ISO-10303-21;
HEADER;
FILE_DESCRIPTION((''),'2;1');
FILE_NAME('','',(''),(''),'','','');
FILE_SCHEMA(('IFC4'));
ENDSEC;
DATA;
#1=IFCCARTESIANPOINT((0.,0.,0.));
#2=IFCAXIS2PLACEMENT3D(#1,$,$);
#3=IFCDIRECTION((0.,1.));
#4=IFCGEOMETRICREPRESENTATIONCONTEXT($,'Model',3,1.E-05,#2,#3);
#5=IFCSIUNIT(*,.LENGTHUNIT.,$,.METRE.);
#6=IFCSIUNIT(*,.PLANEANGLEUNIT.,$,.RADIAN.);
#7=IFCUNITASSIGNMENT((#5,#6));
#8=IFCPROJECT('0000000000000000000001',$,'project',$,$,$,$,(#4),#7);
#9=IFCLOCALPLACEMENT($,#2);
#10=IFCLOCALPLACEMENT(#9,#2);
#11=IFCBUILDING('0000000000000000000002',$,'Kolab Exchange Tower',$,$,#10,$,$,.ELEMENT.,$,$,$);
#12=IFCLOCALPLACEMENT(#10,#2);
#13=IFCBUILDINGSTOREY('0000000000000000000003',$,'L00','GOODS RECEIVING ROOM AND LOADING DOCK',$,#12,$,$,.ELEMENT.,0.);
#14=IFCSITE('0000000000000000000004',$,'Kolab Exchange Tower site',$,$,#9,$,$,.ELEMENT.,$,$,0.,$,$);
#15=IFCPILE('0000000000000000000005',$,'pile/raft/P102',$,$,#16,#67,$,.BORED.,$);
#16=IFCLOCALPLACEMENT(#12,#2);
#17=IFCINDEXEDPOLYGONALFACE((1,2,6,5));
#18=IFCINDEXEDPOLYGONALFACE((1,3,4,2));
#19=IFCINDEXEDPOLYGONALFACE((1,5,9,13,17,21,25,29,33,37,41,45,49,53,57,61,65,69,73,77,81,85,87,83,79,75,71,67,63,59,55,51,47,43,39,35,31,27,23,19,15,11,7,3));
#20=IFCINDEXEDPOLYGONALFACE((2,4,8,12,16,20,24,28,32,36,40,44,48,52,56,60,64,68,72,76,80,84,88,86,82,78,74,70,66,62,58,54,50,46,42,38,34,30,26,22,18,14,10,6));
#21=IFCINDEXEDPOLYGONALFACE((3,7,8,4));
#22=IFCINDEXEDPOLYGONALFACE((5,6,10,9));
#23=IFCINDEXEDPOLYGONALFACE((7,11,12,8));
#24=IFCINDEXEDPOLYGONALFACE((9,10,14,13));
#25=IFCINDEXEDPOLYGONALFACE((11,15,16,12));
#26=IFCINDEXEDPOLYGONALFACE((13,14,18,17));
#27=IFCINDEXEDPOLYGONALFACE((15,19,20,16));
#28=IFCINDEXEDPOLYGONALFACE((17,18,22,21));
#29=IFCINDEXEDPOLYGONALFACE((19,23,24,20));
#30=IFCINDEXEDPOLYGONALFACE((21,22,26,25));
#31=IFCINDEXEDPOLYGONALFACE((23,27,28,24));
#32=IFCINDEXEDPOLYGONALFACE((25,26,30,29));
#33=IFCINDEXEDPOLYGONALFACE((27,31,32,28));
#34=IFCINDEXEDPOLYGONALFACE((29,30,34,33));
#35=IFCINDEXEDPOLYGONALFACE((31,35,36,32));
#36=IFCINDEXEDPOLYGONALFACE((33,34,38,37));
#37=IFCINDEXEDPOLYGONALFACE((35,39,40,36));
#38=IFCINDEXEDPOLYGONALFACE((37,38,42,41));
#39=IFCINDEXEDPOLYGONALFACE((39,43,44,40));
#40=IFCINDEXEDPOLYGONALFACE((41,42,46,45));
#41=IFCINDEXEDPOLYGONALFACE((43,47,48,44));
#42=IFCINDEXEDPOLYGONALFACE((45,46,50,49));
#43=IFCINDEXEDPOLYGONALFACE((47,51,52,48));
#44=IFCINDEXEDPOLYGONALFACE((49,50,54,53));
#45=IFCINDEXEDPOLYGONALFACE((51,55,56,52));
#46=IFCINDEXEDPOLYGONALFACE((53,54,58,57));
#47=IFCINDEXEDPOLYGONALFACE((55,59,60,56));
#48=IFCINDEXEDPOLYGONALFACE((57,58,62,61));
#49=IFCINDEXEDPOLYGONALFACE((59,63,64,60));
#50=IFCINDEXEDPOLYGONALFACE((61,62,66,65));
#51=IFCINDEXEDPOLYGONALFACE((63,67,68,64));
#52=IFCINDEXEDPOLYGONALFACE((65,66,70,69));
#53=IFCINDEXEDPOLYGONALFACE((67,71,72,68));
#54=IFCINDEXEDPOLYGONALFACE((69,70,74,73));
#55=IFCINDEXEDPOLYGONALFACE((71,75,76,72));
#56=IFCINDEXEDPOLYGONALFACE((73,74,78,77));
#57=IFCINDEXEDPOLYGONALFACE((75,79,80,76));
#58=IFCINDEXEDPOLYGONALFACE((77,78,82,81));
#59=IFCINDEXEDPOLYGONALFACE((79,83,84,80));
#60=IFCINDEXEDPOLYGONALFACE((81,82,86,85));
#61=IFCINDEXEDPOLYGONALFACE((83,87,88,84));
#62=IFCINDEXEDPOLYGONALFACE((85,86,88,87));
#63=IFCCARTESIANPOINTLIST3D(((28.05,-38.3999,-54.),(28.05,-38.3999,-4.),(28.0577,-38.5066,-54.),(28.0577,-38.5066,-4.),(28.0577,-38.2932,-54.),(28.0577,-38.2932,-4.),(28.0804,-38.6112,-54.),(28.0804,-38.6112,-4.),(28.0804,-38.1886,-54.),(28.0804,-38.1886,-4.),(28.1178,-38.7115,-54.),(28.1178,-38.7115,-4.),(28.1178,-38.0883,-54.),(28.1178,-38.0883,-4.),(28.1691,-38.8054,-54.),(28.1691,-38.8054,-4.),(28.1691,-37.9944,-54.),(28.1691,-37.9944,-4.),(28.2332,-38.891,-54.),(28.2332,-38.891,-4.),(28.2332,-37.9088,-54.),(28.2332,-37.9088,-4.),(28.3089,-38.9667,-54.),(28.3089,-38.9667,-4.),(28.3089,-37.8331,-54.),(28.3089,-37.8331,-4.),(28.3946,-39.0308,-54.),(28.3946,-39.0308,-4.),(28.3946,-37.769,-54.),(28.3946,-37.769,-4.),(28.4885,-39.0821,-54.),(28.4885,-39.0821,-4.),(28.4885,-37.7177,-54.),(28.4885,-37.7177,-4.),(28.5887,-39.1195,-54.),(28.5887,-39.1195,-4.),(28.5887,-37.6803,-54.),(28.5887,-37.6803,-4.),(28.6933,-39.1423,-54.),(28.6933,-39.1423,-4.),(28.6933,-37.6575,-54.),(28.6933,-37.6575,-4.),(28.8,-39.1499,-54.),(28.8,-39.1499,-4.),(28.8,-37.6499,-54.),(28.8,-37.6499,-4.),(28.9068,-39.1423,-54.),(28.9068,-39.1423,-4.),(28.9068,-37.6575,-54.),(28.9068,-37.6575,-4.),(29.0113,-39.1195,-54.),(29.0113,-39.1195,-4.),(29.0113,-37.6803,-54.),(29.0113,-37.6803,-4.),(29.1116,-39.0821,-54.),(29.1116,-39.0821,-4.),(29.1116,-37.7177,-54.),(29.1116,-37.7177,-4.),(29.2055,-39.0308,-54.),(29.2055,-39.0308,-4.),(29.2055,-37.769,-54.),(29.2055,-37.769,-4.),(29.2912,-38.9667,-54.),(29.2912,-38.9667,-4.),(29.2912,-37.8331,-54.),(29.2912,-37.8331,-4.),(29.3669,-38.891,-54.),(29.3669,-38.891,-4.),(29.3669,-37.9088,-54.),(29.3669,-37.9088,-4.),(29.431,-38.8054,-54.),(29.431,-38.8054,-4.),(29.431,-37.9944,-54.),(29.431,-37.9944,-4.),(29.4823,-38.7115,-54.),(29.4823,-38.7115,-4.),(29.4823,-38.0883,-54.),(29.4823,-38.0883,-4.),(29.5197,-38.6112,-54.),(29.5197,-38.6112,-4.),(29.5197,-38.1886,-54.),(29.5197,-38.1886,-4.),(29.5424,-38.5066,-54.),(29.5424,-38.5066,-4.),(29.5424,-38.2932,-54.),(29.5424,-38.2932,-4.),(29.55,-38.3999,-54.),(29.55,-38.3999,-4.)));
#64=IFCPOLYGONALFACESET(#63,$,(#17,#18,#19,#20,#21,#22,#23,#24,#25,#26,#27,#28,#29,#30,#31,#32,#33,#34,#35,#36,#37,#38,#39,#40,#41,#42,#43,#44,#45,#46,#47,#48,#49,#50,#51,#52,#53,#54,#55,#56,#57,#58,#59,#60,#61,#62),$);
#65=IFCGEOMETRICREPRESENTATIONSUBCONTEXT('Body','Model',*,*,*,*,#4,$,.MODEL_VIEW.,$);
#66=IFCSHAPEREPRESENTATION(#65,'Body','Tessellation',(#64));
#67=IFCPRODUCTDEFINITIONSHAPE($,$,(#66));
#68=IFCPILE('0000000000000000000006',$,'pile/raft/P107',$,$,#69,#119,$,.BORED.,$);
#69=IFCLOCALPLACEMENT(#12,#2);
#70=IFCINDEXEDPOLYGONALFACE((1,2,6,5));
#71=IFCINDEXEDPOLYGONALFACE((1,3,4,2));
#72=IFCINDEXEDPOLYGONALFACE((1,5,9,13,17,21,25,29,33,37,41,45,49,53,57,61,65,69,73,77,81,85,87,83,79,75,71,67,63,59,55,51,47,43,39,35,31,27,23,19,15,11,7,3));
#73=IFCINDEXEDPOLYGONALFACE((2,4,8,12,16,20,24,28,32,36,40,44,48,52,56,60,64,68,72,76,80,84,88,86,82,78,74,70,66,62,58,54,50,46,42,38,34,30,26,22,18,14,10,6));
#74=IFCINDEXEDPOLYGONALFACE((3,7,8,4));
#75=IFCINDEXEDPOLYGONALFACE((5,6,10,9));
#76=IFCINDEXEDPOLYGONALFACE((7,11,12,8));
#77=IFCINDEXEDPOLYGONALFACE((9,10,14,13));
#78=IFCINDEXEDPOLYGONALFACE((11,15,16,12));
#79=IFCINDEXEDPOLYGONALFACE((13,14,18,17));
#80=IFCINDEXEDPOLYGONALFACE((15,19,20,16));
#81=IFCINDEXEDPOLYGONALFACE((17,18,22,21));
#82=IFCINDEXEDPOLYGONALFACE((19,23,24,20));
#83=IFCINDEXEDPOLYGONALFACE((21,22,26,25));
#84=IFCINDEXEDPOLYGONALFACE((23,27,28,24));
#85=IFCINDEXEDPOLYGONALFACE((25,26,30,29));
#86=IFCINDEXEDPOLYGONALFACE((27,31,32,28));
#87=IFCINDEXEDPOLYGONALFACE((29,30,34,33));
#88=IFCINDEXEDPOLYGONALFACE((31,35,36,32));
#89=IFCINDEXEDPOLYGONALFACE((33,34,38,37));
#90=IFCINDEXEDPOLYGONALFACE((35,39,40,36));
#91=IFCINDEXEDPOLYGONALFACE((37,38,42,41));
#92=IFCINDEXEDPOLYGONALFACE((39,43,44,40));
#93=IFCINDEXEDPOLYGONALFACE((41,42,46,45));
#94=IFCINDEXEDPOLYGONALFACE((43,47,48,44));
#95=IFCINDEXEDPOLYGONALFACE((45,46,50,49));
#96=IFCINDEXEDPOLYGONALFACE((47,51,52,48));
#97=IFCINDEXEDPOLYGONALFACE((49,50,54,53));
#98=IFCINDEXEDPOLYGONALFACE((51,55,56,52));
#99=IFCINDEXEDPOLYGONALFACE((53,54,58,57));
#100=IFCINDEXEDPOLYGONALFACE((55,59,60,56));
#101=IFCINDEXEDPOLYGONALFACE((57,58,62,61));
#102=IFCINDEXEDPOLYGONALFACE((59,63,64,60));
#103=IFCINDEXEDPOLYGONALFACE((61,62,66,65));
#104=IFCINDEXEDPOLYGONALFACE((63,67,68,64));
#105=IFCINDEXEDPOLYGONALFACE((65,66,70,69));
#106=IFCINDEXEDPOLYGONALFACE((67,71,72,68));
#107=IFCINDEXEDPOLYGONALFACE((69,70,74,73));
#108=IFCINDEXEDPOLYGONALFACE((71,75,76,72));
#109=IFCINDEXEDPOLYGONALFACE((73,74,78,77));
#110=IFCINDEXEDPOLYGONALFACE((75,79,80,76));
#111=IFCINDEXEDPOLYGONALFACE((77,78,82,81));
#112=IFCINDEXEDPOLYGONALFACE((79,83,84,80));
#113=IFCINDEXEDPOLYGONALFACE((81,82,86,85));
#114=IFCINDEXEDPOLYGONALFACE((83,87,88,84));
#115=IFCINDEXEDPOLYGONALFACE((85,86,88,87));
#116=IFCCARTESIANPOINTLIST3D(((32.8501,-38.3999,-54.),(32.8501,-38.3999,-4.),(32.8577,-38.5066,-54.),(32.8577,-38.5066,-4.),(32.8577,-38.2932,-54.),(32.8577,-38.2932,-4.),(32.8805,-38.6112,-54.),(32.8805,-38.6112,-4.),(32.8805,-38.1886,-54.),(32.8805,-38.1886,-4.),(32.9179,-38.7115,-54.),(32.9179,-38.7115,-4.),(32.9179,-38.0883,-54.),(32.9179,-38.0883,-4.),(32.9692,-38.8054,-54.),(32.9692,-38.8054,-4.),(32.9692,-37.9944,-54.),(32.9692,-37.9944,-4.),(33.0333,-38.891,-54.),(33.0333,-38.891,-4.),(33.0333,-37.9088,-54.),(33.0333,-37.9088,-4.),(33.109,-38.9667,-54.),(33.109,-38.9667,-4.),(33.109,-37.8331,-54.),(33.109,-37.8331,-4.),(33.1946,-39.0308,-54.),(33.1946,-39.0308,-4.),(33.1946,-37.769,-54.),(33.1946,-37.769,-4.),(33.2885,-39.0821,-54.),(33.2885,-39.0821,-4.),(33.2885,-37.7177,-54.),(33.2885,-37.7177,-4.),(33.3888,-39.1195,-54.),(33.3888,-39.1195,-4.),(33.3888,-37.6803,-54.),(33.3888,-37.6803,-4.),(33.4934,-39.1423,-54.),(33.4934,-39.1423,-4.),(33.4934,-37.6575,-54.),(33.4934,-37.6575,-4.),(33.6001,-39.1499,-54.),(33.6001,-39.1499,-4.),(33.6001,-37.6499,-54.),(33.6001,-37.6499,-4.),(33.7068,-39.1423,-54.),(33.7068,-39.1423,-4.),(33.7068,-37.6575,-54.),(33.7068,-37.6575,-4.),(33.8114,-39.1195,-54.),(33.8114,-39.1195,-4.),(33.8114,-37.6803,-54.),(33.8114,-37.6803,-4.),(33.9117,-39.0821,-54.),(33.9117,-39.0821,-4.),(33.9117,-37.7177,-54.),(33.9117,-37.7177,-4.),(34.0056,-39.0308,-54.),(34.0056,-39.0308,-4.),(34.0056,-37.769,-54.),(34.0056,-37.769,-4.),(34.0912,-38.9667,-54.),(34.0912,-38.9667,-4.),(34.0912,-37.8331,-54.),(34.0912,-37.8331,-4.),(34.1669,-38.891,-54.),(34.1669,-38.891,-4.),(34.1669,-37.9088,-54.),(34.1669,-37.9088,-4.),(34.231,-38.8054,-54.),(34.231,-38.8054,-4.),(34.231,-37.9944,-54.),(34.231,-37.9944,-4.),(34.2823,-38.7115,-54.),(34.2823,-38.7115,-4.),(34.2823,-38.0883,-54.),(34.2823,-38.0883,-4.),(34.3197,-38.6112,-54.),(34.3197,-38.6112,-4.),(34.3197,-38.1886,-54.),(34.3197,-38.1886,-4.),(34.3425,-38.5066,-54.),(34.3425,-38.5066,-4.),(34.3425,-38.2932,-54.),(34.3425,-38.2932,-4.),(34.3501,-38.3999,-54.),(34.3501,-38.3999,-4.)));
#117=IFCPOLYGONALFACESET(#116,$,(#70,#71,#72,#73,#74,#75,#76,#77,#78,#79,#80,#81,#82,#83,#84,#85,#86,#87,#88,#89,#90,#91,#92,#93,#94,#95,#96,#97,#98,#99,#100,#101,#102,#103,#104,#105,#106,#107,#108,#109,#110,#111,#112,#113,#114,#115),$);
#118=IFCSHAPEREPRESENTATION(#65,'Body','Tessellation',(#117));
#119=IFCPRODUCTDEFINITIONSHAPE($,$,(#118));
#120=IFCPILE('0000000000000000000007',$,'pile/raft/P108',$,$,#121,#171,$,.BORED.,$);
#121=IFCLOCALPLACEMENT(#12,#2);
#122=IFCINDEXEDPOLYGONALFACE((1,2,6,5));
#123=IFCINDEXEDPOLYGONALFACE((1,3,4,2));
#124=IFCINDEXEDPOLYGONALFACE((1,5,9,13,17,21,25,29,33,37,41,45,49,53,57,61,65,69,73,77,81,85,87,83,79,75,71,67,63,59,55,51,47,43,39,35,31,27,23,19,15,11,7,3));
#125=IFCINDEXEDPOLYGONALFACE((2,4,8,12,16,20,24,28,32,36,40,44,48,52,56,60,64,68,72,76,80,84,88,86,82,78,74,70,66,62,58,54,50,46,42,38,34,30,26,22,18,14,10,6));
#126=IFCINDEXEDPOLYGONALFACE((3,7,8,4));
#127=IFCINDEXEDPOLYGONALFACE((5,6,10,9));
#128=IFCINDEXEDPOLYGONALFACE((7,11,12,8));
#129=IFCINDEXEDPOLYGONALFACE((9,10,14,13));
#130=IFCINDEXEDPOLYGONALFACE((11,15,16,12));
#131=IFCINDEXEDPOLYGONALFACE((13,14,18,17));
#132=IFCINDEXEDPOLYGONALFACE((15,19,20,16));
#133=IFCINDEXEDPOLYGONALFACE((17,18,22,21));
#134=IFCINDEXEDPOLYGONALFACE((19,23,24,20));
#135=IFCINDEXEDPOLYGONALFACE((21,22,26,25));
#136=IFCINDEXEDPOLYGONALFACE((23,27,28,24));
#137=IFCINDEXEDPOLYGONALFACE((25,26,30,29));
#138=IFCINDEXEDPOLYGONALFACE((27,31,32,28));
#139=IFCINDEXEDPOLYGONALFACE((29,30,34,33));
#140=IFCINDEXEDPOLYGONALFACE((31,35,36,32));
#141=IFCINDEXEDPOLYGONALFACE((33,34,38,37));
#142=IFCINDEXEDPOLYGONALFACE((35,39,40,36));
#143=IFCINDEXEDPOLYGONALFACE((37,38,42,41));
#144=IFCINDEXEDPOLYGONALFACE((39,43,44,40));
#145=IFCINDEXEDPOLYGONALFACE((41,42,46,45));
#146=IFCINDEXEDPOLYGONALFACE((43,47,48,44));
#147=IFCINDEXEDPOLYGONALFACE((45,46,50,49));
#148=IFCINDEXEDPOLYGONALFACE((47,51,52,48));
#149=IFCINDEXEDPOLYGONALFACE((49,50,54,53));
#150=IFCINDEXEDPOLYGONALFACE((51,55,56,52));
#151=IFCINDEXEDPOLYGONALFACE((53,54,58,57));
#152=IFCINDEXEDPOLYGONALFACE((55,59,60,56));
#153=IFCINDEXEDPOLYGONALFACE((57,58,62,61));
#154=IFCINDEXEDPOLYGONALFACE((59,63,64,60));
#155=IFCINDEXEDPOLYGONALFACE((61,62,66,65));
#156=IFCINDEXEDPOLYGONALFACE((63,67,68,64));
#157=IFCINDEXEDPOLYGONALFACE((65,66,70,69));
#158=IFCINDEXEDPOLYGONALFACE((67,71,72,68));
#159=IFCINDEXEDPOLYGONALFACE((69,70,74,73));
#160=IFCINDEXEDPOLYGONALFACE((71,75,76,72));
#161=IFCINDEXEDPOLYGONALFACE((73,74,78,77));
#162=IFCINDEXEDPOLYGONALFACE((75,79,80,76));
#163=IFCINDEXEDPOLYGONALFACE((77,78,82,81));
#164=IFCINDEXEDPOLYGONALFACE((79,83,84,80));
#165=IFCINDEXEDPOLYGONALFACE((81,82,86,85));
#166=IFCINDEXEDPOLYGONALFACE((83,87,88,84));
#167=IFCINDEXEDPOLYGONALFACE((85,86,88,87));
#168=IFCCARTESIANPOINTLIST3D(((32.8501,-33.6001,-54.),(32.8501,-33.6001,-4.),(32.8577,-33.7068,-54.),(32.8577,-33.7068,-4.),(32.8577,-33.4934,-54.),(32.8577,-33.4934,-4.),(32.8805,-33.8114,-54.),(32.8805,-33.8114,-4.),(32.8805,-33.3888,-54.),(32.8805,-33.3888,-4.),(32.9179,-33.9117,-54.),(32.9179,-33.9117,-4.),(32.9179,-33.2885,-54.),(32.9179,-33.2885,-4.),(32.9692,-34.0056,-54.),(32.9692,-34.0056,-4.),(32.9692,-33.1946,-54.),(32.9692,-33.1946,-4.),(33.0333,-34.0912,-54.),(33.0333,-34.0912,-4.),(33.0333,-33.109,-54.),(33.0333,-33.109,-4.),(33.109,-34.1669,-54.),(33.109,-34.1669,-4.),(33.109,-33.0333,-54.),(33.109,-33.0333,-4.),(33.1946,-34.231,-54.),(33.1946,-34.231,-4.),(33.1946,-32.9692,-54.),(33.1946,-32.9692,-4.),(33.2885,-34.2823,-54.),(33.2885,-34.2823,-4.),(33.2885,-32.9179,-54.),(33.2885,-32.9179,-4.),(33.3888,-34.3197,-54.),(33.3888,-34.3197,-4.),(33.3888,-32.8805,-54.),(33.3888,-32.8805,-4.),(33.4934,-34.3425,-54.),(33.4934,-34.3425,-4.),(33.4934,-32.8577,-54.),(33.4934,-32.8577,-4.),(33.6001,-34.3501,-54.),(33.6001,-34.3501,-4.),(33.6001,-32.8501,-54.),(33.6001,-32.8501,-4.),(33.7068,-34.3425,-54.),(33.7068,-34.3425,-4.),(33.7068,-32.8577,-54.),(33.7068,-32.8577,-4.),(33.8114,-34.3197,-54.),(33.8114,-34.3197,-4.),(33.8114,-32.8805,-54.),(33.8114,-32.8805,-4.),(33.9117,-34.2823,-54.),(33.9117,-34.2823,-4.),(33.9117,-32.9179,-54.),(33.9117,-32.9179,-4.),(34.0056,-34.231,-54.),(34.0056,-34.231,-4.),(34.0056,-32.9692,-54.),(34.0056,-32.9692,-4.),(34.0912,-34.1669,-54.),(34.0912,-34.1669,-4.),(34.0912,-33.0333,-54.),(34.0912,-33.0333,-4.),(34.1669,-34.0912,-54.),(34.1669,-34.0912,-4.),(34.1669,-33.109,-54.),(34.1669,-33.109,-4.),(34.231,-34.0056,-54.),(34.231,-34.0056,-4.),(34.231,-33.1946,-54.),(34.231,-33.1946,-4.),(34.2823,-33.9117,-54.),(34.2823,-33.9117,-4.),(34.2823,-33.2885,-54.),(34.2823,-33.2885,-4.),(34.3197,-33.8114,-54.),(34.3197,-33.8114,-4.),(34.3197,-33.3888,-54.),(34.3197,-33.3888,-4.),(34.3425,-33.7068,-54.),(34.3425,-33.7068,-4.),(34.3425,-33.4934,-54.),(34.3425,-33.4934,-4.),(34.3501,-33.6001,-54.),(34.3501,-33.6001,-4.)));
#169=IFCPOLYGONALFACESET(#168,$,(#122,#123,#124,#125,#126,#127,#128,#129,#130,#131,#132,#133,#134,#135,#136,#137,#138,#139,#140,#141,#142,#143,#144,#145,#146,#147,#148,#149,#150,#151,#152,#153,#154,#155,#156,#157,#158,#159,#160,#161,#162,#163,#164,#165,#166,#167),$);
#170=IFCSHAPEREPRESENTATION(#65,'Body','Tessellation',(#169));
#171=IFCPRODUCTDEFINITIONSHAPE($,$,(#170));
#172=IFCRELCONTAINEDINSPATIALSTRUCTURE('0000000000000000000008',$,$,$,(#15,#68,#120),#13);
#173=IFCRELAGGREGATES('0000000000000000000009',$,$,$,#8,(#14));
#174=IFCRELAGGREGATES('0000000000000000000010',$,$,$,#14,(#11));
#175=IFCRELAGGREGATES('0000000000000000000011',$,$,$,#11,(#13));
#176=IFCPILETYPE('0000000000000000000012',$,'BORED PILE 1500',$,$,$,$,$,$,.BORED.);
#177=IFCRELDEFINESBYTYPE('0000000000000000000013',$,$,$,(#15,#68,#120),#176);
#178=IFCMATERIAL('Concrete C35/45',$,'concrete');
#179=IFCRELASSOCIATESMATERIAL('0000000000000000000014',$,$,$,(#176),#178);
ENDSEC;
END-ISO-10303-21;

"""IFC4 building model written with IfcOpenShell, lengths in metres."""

from ifc_helpers import new_model, si_unit, direction, frame, origin, origin_2d, place, context, subcontext, project, spatial, circle, extrude, material, material_profile, profile_set, type_object, element, save


model = new_model("IFC4")

# Units and contexts
model_context = context("Model", 3, precision=1e-05, world=origin(), true_north=direction((0.0, 1.0)))
body_context = subcontext(model_context, "Body", "Model", "MODEL_VIEW")
ifc_project = project(units=[si_unit("LENGTHUNIT", "METRE"), si_unit("PLANEANGLEUNIT", "RADIAN")], contexts=[model_context])

# Site, building, storey
site_placement = place(None, origin())
site = spatial("IfcSite", under=ifc_project, at=site_placement, Name="Kolab Exchange Tower site", CompositionType="ELEMENT", RefElevation=0.0)
building_placement = place(site_placement, origin())
building = spatial("IfcBuilding", under=site, at=building_placement, Name="Kolab Exchange Tower", CompositionType="ELEMENT")
storey_placement = place(building_placement, origin())
storey = spatial("IfcBuildingStorey", under=building, at=storey_placement, Name="L00", Description="GOODS RECEIVING ROOM AND LOADING DOCK", CompositionType="ELEMENT", Elevation=0.0)

# Piles
ifc_material_1 = material(Name="Concrete C35/45", Category="concrete")
ifc_material_profile_1 = material_profile(ifc_material_1, circle(Radius=0.75, at=origin_2d()), Name="BP1500")
ifc_profile_set_1 = profile_set([ifc_material_profile_1], Name="Concrete C35/45")
pile_type_1 = type_object("IfcPileType", Name="BORED PILE 1500", PredefinedType="BORED", material=ifc_profile_set_1)
for number, where, z_axis, x_axis, name in (
    (1, (28.8, -38.3999, -4.0), (0.0, 0.0, -1.0), (1.0, 0.0, 0.0), "pile/raft/P102"),
    (2, (33.6001, -38.3999, -4.0), (0.0, 0.0, -1.0), (1.0, 0.0, 0.0), "pile/raft/P107"),
    (3, (33.6001, -33.6001, -4.0), (0.0, 0.0, -1.0), (1.0, 0.0, 0.0), "pile/raft/P108"),
):
    element("IfcPile", number, at=place(storey_placement, frame(where, z_axis=z_axis, x_axis=x_axis)), inside=storey, type_object=pile_type_1, Name=name, PredefinedType="BORED", context=body_context, shape_type="SweptSolid", body=[
        extrude(circle(Radius=0.75, at=origin_2d()), origin(), (0.0, 0.0, 1.0), 50.0),
    ])

save(model, "model.ifc")
